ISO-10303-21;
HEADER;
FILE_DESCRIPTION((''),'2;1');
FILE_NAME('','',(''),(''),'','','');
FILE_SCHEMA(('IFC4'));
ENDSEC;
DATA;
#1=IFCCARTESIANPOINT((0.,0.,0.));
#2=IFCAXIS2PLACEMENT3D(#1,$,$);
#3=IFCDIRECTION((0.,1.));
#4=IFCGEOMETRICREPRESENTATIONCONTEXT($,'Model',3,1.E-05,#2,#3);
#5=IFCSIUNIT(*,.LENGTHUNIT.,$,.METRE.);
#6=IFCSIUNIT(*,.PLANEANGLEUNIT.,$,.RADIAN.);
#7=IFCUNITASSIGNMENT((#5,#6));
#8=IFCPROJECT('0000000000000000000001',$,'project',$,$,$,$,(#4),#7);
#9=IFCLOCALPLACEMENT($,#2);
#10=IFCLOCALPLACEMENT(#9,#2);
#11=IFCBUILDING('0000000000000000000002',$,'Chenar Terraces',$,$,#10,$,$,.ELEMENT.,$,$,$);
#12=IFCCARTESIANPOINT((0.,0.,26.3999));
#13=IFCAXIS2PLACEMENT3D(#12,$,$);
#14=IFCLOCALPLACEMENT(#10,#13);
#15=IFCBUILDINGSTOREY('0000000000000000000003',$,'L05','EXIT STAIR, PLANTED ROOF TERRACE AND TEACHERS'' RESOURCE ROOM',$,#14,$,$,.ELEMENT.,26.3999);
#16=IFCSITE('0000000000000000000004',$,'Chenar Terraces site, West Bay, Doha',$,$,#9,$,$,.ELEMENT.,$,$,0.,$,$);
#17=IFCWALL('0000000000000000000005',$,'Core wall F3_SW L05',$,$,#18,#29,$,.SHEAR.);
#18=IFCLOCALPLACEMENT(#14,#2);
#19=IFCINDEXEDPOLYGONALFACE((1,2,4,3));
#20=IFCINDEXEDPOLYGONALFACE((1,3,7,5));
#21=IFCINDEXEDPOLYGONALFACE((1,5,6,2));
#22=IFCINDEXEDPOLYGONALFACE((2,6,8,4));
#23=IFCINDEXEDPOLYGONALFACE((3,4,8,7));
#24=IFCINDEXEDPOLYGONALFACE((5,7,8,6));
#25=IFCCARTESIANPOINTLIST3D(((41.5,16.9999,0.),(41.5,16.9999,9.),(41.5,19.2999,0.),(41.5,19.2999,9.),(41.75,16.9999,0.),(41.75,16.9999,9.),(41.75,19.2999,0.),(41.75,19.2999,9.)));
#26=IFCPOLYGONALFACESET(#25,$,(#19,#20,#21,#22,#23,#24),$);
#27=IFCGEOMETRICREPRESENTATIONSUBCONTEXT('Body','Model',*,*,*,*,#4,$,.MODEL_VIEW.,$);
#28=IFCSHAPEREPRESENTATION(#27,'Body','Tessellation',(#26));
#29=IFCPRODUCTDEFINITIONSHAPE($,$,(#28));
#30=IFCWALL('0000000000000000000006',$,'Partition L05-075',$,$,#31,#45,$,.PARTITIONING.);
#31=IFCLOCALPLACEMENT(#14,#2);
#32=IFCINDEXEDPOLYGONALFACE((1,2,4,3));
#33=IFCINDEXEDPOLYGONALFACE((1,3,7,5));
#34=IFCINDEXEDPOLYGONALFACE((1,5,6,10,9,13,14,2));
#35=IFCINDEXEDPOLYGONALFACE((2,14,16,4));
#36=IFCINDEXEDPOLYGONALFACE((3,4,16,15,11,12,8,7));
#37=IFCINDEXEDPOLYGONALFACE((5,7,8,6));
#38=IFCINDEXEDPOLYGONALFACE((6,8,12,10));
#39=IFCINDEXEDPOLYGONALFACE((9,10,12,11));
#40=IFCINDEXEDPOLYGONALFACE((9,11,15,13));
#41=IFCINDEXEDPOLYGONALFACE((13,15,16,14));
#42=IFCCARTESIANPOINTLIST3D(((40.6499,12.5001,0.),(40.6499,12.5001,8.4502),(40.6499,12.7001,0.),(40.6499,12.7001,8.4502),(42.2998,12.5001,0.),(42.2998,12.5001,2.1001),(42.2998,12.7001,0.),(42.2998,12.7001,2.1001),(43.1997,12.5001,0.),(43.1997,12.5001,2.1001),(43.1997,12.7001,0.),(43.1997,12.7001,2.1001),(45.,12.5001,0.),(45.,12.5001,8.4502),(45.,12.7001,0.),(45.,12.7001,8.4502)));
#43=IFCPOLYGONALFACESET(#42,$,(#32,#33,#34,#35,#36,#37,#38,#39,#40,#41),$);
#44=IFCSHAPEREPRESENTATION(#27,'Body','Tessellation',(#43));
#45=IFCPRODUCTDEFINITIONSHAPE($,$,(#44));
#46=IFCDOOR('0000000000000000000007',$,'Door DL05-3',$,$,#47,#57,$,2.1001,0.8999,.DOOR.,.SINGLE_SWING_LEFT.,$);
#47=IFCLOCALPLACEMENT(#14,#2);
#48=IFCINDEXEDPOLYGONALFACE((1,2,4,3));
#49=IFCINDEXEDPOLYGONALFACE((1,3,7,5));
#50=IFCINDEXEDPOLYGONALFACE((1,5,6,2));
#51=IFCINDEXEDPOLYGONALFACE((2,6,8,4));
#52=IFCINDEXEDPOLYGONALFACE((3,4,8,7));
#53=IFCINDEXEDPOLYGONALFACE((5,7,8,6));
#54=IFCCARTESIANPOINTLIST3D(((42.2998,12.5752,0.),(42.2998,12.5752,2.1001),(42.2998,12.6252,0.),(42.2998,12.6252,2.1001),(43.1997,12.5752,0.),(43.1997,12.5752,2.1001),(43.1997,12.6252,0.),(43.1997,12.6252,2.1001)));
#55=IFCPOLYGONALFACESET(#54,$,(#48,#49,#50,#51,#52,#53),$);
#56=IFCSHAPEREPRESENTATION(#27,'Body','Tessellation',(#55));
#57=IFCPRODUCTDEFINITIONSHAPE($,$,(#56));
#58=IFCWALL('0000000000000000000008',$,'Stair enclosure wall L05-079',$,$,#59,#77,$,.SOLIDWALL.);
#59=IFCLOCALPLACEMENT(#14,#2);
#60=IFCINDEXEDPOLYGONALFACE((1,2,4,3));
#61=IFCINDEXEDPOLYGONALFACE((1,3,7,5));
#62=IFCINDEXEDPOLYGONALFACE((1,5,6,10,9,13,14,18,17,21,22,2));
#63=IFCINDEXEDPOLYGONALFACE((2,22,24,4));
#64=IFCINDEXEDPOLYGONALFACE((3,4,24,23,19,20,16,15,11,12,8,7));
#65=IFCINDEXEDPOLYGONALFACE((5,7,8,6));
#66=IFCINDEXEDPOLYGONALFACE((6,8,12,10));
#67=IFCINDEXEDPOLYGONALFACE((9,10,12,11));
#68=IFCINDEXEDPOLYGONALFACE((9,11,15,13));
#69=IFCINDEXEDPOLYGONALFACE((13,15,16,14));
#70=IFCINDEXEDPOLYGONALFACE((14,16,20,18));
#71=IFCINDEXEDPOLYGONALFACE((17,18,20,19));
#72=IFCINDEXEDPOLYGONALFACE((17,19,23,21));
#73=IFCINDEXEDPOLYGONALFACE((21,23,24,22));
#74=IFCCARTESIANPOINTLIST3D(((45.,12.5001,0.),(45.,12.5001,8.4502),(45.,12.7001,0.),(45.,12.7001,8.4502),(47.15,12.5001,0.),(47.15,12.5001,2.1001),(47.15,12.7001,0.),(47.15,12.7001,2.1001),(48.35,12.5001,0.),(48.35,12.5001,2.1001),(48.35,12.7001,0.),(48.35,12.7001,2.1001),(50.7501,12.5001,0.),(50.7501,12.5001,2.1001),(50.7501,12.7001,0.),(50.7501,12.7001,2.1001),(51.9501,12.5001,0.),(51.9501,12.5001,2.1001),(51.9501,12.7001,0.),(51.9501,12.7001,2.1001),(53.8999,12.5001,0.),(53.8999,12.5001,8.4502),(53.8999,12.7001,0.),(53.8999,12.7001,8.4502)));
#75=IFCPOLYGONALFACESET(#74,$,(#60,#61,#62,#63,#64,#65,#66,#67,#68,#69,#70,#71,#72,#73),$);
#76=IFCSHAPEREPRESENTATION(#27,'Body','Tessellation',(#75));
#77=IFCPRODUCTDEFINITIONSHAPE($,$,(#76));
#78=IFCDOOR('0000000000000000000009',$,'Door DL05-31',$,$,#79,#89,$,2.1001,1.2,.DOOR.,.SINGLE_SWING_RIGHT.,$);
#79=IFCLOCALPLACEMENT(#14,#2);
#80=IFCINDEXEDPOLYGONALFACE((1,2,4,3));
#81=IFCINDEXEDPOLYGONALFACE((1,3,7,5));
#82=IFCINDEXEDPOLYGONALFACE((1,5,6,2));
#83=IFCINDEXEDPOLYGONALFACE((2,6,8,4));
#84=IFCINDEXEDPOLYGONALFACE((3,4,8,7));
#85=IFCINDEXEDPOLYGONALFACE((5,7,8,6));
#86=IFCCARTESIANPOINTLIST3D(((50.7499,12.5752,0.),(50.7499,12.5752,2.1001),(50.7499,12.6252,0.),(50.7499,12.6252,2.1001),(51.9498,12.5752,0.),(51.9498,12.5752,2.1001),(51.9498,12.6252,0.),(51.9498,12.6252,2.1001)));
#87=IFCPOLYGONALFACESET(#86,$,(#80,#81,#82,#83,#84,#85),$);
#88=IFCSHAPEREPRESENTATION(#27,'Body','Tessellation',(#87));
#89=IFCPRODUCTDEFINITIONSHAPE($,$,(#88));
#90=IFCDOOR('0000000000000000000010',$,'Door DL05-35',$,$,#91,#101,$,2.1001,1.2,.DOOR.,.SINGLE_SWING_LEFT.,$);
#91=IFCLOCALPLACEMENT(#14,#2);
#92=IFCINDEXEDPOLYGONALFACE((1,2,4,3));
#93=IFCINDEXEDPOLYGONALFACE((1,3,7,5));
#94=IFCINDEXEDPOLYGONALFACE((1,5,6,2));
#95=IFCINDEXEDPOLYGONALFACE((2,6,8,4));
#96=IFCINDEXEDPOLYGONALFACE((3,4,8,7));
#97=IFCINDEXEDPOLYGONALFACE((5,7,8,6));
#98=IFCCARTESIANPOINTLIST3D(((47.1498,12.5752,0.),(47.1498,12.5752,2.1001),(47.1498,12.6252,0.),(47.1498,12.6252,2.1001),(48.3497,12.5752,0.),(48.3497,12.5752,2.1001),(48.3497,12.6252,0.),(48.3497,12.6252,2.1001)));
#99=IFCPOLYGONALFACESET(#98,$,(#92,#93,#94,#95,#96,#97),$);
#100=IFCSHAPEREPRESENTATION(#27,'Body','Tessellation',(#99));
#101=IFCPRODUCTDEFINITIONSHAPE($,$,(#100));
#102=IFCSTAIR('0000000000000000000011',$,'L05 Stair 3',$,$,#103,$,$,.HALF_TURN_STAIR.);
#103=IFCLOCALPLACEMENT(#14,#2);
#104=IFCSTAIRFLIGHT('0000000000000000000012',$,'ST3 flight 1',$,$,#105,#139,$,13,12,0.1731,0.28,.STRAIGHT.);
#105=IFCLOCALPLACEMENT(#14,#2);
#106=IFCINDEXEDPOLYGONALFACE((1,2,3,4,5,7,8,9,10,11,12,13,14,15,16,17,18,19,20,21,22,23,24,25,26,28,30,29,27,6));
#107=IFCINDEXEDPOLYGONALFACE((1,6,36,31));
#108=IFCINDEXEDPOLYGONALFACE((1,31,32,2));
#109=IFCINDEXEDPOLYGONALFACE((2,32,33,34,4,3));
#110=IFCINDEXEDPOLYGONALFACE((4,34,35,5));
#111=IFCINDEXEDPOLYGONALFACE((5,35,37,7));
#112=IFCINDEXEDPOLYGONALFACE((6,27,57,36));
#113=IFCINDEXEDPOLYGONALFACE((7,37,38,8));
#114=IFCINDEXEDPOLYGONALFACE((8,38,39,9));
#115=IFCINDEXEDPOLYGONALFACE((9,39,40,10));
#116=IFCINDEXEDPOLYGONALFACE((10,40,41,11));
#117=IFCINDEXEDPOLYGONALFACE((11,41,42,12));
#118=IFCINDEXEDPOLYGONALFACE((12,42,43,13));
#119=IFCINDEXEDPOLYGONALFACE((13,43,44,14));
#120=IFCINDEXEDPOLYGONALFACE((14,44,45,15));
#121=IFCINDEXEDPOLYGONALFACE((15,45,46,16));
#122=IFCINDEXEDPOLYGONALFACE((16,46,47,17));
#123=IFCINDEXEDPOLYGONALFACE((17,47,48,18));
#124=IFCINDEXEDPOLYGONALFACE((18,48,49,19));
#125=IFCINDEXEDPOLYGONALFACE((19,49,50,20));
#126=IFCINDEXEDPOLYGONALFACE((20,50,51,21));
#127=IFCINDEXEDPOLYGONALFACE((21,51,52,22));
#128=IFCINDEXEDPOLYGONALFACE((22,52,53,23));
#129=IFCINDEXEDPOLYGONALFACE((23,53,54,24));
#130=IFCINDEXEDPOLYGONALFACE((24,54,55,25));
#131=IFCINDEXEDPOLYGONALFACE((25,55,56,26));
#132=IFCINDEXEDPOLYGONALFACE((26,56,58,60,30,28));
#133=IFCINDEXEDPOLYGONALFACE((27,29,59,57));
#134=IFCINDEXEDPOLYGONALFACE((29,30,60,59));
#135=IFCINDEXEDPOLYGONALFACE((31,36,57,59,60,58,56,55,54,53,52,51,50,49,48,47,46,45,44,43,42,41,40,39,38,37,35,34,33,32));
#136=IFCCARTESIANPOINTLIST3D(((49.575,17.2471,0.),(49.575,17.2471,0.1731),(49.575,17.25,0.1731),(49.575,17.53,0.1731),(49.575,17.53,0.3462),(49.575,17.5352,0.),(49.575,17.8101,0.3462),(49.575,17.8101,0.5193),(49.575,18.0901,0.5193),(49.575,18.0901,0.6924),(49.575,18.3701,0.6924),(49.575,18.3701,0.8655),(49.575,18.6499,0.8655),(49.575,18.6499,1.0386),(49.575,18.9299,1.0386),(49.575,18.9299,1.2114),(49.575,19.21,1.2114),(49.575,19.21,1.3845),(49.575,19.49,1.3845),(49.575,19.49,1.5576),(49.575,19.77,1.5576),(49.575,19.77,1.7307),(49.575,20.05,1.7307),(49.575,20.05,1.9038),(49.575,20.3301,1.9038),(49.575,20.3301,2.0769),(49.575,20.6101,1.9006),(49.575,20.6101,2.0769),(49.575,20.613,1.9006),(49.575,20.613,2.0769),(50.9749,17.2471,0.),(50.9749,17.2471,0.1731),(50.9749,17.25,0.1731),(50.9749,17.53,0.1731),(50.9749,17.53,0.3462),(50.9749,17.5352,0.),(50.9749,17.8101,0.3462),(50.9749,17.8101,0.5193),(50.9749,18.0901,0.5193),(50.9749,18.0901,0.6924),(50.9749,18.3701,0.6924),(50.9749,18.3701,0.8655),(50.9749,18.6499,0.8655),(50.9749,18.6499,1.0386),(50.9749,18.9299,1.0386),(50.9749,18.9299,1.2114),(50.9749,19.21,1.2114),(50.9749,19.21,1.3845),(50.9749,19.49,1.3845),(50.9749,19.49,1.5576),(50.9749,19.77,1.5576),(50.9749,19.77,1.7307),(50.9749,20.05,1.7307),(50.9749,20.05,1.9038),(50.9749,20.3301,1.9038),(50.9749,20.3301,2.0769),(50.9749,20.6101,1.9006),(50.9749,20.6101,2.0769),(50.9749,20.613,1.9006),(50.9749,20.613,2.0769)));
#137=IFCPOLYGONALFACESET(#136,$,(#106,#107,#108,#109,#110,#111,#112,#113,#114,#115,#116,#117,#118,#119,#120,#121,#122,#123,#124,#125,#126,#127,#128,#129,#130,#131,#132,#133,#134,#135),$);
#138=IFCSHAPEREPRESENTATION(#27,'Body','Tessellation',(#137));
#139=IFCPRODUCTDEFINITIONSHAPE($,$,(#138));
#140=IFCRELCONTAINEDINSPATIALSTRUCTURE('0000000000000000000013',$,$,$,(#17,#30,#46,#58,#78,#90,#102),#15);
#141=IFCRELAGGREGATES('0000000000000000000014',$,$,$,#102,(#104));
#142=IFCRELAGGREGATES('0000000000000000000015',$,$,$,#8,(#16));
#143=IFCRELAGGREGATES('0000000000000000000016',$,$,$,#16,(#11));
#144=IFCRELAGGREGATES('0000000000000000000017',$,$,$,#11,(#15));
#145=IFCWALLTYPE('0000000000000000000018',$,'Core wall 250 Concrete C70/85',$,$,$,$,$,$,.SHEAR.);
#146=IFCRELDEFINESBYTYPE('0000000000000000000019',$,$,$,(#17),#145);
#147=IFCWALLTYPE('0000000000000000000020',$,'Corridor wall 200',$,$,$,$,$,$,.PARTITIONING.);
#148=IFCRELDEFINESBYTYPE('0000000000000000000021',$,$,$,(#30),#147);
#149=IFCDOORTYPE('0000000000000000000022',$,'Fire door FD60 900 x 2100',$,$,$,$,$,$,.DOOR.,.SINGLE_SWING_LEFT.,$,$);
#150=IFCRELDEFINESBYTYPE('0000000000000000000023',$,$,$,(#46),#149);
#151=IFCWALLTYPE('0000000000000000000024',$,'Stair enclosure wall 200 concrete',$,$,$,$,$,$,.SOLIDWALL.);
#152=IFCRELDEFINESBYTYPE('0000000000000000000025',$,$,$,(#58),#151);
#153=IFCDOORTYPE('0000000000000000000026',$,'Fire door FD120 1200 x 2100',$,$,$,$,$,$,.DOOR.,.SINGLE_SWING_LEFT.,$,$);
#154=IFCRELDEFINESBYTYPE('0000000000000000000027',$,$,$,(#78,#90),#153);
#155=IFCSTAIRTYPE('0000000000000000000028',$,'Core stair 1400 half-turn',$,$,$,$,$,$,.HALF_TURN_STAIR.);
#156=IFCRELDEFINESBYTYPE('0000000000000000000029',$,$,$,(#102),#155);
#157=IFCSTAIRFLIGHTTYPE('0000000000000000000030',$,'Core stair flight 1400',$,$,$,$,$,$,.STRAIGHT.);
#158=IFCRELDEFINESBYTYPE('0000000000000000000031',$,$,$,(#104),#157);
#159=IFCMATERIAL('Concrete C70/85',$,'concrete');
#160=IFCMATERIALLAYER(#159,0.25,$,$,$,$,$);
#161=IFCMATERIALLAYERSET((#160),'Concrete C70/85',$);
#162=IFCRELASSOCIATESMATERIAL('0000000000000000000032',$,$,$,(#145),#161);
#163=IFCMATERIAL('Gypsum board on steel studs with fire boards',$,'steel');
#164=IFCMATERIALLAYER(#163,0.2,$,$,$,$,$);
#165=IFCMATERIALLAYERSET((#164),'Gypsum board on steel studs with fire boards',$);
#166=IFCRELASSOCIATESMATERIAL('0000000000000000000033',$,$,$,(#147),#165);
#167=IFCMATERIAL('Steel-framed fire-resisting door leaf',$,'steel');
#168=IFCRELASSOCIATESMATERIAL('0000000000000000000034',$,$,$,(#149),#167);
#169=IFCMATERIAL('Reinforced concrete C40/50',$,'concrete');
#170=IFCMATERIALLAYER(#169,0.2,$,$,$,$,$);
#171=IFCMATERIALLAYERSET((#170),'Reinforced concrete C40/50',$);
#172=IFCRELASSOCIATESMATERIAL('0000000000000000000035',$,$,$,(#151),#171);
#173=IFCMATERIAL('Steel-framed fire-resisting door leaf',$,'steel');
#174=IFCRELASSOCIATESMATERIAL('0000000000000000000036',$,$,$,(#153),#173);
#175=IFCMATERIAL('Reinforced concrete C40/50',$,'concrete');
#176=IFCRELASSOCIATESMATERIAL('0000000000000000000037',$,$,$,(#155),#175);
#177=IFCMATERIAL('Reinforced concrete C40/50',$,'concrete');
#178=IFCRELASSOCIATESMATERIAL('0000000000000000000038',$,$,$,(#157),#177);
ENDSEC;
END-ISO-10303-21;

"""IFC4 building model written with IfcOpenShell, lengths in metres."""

from ifc_helpers import new_model, si_unit, direction, frame, frame_2d, origin, place, context, subcontext, project, spatial, polyline, rectangle, outline, extrude, material, layer, layer_set, type_object, element, fill, aggregate, save


model = new_model("IFC4")

# Units and contexts
model_context = context("Model", 3, precision=1e-05, world=origin(), true_north=direction((0.0, 1.0)))
body_context = subcontext(model_context, "Body", "Model", "MODEL_VIEW")
ifc_project = project(units=[si_unit("LENGTHUNIT", "METRE"), si_unit("PLANEANGLEUNIT", "RADIAN")], contexts=[model_context])

# Site, building, storey
site_placement = place(None, origin())
site = spatial("IfcSite", under=ifc_project, at=site_placement, Name="Chenar Terraces site, West Bay, Doha", CompositionType="ELEMENT", RefElevation=0.0)
building_placement = place(site_placement, origin())
building = spatial("IfcBuilding", under=site, at=building_placement, Name="Chenar Terraces", CompositionType="ELEMENT")
storey_placement = place(building_placement, frame((0.0, 0.0, 26.3999)))
storey = spatial("IfcBuildingStorey", under=building, at=storey_placement, Name="L05", Description="EXIT STAIR, PLANTED ROOF TERRACE AND TEACHERS' RESOURCE ROOM", CompositionType="ELEMENT", Elevation=26.3999)

# Shared definitions
ifc_material_1 = material(Name="Concrete C70/85", Category="concrete")
ifc_layer_1 = layer(ifc_material_1, 0.25)
ifc_layer_set_1 = layer_set([ifc_layer_1], Name="Concrete C70/85")
wall_type_1 = type_object("IfcWallType", Name="Core wall 250 Concrete C70/85", PredefinedType="SHEAR", material=ifc_layer_set_1)

# Wall
wall_1_placement = place(storey_placement, frame((41.625, 17.0, 0.0), z_axis=(0.0, 0.0, 1.0), x_axis=(0.0, 1.0, 0.0)))
element("IfcWall", 1, at=wall_1_placement, inside=storey, type_object=wall_type_1, Name="Core wall F3_SW L05", PredefinedType="SHEAR", context=body_context, shape_type="SweptSolid", body=[
    extrude(rectangle(XDim=2.3, YDim=0.25, at=frame_2d((1.1499, 0.0))), origin(), (0.0, 0.0, 1.0), 9.0),
])

# Wall, opening, door
ifc_material_2 = material(Name="Gypsum board on steel studs with fire boards", Category="steel")
ifc_layer_2 = layer(ifc_material_2, 0.2)
ifc_layer_set_2 = layer_set([ifc_layer_2], Name="Gypsum board on steel studs with fire boards")
wall_type_2 = type_object("IfcWallType", Name="Corridor wall 200", PredefinedType="PARTITIONING", material=ifc_layer_set_2)
wall_2_placement = place(storey_placement, frame((40.6499, 12.6001, 0.0), z_axis=(0.0, 0.0, 1.0), x_axis=(1.0, 0.0, 0.0)))
wall_2 = element("IfcWall", 2, at=wall_2_placement, inside=storey, type_object=wall_type_2, Name="Partition L05-075", PredefinedType="PARTITIONING", context=body_context, shape_type="SweptSolid", body=[
    extrude(rectangle(XDim=4.3501, YDim=0.2, at=frame_2d((2.175, 0.0))), origin(), (0.0, 0.0, 1.0), 8.4502),
])
opening_1_placement = place(wall_2_placement, frame((1.6499, 0.0, 0.0)))
opening_1 = element("IfcOpeningElement", 3, at=opening_1_placement, cuts=wall_2, PredefinedType="OPENING", context=body_context, shape_type="SweptSolid", body=[
    extrude(rectangle(XDim=0.8999, YDim=2.1001, at=frame_2d((0.45, 1.05))), frame((0.0, 0.1099, 0.0), z_axis=(0.0, -1.0, 0.0), x_axis=(1.0, 0.0, 0.0)), (0.0, 0.0, 1.0), 0.22),
])
ifc_material_3 = material(Name="Steel-framed fire-resisting door leaf", Category="steel")
door_type_1 = type_object("IfcDoorType", Name="Fire door FD60 900 x 2100", OperationType="SINGLE_SWING_LEFT", PredefinedType="DOOR", material=ifc_material_3)
door_1_placement = place(opening_1_placement, frame((0.8999, 0.0, 0.0), z_axis=(0.0, 0.0, 1.0), x_axis=(-1.0, 0.0, 0.0)))
door_1 = element("IfcDoor", 4, at=door_1_placement, inside=storey, type_object=door_type_1, Name="Door DL05-3", OperationType="SINGLE_SWING_LEFT", OverallHeight=2.1001, OverallWidth=0.8999, PredefinedType="DOOR", context=body_context, shape_type="SweptSolid", body=[
    extrude(rectangle(XDim=0.8999, YDim=2.1001, at=frame_2d((0.45, 1.05))), frame((0.0, 0.0249, 0.0), z_axis=(0.0, -1.0, 0.0), x_axis=(1.0, 0.0, 0.0)), (0.0, 0.0, 1.0), 0.05),
])
fill(opening_1, door_1)

# Wall, openings, doors
ifc_material_4 = material(Name="Reinforced concrete C40/50", Category="concrete")
ifc_layer_3 = layer(ifc_material_4, 0.2)
ifc_layer_set_3 = layer_set([ifc_layer_3], Name="Reinforced concrete C40/50")
wall_type_3 = type_object("IfcWallType", Name="Stair enclosure wall 200 concrete", PredefinedType="SOLIDWALL", material=ifc_layer_set_3)
wall_3_placement = place(storey_placement, frame((45.0, 12.6001, 0.0), z_axis=(0.0, 0.0, 1.0), x_axis=(1.0, 0.0, 0.0)))
wall_3 = element("IfcWall", 5, at=wall_3_placement, inside=storey, type_object=wall_type_3, Name="Stair enclosure wall L05-079", PredefinedType="SOLIDWALL", context=body_context, shape_type="SweptSolid", body=[
    extrude(rectangle(XDim=8.8999, YDim=0.2, at=frame_2d((4.45, 0.0))), origin(), (0.0, 0.0, 1.0), 8.4502),
])
opening_2_placement = place(wall_3_placement, frame((5.75, 0.0, 0.0)))
opening_2 = element("IfcOpeningElement", 6, at=opening_2_placement, cuts=wall_3, PredefinedType="OPENING", context=body_context, shape_type="SweptSolid", body=[
    extrude(rectangle(XDim=1.2, YDim=2.1001, at=frame_2d((0.6001, 1.05))), frame((0.0, 0.1099, 0.0), z_axis=(0.0, -1.0, 0.0), x_axis=(1.0, 0.0, 0.0)), (0.0, 0.0, 1.0), 0.22),
])
opening_3_placement = place(wall_3_placement, frame((2.1499, 0.0, 0.0)))
opening_3 = element("IfcOpeningElement", 7, at=opening_3_placement, cuts=wall_3, PredefinedType="OPENING", context=body_context, shape_type="SweptSolid", body=[
    extrude(rectangle(XDim=1.2, YDim=2.1001, at=frame_2d((0.6001, 1.05))), frame((0.0, 0.1099, 0.0), z_axis=(0.0, -1.0, 0.0), x_axis=(1.0, 0.0, 0.0)), (0.0, 0.0, 1.0), 0.22),
])
ifc_material_5 = material(Name="Steel-framed fire-resisting door leaf", Category="steel")
door_type_2 = type_object("IfcDoorType", Name="Fire door FD120 1200 x 2100", OperationType="SINGLE_SWING_LEFT", PredefinedType="DOOR", material=ifc_material_5)
door_2_placement = place(opening_2_placement, frame((1.2, 0.0, 0.0), z_axis=(0.0, 0.0, 1.0), x_axis=(-1.0, 0.0, 0.0)))
door_2 = element("IfcDoor", 8, at=door_2_placement, inside=storey, type_object=door_type_2, Name="Door DL05-31", OperationType="SINGLE_SWING_RIGHT", OverallHeight=2.1001, OverallWidth=1.2, PredefinedType="DOOR", context=body_context, shape_type="SweptSolid", body=[
    extrude(rectangle(XDim=1.2, YDim=2.1001, at=frame_2d((0.6001, 1.05))), frame((0.0, 0.0249, 0.0), z_axis=(0.0, -1.0, 0.0), x_axis=(1.0, 0.0, 0.0)), (0.0, 0.0, 1.0), 0.05),
])
fill(opening_2, door_2)
door_3_placement = place(opening_3_placement, frame((1.2, 0.0, 0.0), z_axis=(0.0, 0.0, 1.0), x_axis=(-1.0, 0.0, 0.0)))
door_3 = element("IfcDoor", 9, at=door_3_placement, inside=storey, type_object=door_type_2, Name="Door DL05-35", OperationType="SINGLE_SWING_LEFT", OverallHeight=2.1001, OverallWidth=1.2, PredefinedType="DOOR", context=body_context, shape_type="SweptSolid", body=[
    extrude(rectangle(XDim=1.2, YDim=2.1001, at=frame_2d((0.6001, 1.05))), frame((0.0, 0.0249, 0.0), z_axis=(0.0, -1.0, 0.0), x_axis=(1.0, 0.0, 0.0)), (0.0, 0.0, 1.0), 0.05),
])
fill(opening_3, door_3)

# Stair, stair flight
ifc_material_6 = material(Name="Reinforced concrete C40/50", Category="concrete")
stair_type = type_object("IfcStairType", Name="Core stair 1400 half-turn", PredefinedType="HALF_TURN_STAIR", material=ifc_material_6)
stair_placement = place(storey_placement, origin())
stair = element("IfcStair", 10, at=stair_placement, inside=storey, type_object=stair_type, Name="L05 Stair 3", PredefinedType="HALF_TURN_STAIR")
ifc_material_7 = material(Name="Reinforced concrete C40/50", Category="concrete")
stair_flight_type = type_object("IfcStairFlightType", Name="Core stair flight 1400", PredefinedType="STRAIGHT", material=ifc_material_7)
stair_flight_1_placement = place(storey_placement, frame((50.2749, 17.25, 0.0), z_axis=(0.0, 0.0, 1.0), x_axis=(0.0, 1.0, 0.0)))
stair_flight_1 = element("IfcStairFlight", 11, at=stair_flight_1_placement, type_object=stair_flight_type, Name="ST3 flight 1", NumberOfRisers=13, NumberOfTreads=12, PredefinedType="STRAIGHT", RiserHeight=0.1731, TreadLength=0.28, context=body_context, shape_type="SweptSolid", body=[
    extrude(outline(polyline([(-0.0029, 0.0), (-0.0029, 0.1731), (0.0, 0.1731), (0.28, 0.1731), (0.28, 0.3462), (0.5601, 0.3462), (0.5601, 0.5193), (0.8401, 0.5193), (0.8401, 0.6924), (1.1201, 0.6924), (1.1201, 0.8655), (1.3999, 0.8655), (1.3999, 1.0386), (1.6799, 1.0386), (1.6799, 1.2114), (1.96, 1.2114), (1.96, 1.3845), (2.24, 1.3845), (2.24, 1.5576), (2.52, 1.5576), (2.52, 1.7307), (2.8, 1.7307), (2.8, 1.9038), (3.0801, 1.9038), (3.0801, 2.0769), (3.3601, 2.0769), (3.363, 2.0769), (3.363, 1.9006), (3.3601, 1.9006), (0.2852, 0.0), (-0.0029, 0.0)])), frame((0.0, 0.7, 0.0), z_axis=(0.0, -1.0, 0.0), x_axis=(1.0, 0.0, 0.0)), (0.0, 0.0, 1.0), 1.3999),
])
aggregate(stair, [stair_flight_1])

save(model, "model.ifc")
